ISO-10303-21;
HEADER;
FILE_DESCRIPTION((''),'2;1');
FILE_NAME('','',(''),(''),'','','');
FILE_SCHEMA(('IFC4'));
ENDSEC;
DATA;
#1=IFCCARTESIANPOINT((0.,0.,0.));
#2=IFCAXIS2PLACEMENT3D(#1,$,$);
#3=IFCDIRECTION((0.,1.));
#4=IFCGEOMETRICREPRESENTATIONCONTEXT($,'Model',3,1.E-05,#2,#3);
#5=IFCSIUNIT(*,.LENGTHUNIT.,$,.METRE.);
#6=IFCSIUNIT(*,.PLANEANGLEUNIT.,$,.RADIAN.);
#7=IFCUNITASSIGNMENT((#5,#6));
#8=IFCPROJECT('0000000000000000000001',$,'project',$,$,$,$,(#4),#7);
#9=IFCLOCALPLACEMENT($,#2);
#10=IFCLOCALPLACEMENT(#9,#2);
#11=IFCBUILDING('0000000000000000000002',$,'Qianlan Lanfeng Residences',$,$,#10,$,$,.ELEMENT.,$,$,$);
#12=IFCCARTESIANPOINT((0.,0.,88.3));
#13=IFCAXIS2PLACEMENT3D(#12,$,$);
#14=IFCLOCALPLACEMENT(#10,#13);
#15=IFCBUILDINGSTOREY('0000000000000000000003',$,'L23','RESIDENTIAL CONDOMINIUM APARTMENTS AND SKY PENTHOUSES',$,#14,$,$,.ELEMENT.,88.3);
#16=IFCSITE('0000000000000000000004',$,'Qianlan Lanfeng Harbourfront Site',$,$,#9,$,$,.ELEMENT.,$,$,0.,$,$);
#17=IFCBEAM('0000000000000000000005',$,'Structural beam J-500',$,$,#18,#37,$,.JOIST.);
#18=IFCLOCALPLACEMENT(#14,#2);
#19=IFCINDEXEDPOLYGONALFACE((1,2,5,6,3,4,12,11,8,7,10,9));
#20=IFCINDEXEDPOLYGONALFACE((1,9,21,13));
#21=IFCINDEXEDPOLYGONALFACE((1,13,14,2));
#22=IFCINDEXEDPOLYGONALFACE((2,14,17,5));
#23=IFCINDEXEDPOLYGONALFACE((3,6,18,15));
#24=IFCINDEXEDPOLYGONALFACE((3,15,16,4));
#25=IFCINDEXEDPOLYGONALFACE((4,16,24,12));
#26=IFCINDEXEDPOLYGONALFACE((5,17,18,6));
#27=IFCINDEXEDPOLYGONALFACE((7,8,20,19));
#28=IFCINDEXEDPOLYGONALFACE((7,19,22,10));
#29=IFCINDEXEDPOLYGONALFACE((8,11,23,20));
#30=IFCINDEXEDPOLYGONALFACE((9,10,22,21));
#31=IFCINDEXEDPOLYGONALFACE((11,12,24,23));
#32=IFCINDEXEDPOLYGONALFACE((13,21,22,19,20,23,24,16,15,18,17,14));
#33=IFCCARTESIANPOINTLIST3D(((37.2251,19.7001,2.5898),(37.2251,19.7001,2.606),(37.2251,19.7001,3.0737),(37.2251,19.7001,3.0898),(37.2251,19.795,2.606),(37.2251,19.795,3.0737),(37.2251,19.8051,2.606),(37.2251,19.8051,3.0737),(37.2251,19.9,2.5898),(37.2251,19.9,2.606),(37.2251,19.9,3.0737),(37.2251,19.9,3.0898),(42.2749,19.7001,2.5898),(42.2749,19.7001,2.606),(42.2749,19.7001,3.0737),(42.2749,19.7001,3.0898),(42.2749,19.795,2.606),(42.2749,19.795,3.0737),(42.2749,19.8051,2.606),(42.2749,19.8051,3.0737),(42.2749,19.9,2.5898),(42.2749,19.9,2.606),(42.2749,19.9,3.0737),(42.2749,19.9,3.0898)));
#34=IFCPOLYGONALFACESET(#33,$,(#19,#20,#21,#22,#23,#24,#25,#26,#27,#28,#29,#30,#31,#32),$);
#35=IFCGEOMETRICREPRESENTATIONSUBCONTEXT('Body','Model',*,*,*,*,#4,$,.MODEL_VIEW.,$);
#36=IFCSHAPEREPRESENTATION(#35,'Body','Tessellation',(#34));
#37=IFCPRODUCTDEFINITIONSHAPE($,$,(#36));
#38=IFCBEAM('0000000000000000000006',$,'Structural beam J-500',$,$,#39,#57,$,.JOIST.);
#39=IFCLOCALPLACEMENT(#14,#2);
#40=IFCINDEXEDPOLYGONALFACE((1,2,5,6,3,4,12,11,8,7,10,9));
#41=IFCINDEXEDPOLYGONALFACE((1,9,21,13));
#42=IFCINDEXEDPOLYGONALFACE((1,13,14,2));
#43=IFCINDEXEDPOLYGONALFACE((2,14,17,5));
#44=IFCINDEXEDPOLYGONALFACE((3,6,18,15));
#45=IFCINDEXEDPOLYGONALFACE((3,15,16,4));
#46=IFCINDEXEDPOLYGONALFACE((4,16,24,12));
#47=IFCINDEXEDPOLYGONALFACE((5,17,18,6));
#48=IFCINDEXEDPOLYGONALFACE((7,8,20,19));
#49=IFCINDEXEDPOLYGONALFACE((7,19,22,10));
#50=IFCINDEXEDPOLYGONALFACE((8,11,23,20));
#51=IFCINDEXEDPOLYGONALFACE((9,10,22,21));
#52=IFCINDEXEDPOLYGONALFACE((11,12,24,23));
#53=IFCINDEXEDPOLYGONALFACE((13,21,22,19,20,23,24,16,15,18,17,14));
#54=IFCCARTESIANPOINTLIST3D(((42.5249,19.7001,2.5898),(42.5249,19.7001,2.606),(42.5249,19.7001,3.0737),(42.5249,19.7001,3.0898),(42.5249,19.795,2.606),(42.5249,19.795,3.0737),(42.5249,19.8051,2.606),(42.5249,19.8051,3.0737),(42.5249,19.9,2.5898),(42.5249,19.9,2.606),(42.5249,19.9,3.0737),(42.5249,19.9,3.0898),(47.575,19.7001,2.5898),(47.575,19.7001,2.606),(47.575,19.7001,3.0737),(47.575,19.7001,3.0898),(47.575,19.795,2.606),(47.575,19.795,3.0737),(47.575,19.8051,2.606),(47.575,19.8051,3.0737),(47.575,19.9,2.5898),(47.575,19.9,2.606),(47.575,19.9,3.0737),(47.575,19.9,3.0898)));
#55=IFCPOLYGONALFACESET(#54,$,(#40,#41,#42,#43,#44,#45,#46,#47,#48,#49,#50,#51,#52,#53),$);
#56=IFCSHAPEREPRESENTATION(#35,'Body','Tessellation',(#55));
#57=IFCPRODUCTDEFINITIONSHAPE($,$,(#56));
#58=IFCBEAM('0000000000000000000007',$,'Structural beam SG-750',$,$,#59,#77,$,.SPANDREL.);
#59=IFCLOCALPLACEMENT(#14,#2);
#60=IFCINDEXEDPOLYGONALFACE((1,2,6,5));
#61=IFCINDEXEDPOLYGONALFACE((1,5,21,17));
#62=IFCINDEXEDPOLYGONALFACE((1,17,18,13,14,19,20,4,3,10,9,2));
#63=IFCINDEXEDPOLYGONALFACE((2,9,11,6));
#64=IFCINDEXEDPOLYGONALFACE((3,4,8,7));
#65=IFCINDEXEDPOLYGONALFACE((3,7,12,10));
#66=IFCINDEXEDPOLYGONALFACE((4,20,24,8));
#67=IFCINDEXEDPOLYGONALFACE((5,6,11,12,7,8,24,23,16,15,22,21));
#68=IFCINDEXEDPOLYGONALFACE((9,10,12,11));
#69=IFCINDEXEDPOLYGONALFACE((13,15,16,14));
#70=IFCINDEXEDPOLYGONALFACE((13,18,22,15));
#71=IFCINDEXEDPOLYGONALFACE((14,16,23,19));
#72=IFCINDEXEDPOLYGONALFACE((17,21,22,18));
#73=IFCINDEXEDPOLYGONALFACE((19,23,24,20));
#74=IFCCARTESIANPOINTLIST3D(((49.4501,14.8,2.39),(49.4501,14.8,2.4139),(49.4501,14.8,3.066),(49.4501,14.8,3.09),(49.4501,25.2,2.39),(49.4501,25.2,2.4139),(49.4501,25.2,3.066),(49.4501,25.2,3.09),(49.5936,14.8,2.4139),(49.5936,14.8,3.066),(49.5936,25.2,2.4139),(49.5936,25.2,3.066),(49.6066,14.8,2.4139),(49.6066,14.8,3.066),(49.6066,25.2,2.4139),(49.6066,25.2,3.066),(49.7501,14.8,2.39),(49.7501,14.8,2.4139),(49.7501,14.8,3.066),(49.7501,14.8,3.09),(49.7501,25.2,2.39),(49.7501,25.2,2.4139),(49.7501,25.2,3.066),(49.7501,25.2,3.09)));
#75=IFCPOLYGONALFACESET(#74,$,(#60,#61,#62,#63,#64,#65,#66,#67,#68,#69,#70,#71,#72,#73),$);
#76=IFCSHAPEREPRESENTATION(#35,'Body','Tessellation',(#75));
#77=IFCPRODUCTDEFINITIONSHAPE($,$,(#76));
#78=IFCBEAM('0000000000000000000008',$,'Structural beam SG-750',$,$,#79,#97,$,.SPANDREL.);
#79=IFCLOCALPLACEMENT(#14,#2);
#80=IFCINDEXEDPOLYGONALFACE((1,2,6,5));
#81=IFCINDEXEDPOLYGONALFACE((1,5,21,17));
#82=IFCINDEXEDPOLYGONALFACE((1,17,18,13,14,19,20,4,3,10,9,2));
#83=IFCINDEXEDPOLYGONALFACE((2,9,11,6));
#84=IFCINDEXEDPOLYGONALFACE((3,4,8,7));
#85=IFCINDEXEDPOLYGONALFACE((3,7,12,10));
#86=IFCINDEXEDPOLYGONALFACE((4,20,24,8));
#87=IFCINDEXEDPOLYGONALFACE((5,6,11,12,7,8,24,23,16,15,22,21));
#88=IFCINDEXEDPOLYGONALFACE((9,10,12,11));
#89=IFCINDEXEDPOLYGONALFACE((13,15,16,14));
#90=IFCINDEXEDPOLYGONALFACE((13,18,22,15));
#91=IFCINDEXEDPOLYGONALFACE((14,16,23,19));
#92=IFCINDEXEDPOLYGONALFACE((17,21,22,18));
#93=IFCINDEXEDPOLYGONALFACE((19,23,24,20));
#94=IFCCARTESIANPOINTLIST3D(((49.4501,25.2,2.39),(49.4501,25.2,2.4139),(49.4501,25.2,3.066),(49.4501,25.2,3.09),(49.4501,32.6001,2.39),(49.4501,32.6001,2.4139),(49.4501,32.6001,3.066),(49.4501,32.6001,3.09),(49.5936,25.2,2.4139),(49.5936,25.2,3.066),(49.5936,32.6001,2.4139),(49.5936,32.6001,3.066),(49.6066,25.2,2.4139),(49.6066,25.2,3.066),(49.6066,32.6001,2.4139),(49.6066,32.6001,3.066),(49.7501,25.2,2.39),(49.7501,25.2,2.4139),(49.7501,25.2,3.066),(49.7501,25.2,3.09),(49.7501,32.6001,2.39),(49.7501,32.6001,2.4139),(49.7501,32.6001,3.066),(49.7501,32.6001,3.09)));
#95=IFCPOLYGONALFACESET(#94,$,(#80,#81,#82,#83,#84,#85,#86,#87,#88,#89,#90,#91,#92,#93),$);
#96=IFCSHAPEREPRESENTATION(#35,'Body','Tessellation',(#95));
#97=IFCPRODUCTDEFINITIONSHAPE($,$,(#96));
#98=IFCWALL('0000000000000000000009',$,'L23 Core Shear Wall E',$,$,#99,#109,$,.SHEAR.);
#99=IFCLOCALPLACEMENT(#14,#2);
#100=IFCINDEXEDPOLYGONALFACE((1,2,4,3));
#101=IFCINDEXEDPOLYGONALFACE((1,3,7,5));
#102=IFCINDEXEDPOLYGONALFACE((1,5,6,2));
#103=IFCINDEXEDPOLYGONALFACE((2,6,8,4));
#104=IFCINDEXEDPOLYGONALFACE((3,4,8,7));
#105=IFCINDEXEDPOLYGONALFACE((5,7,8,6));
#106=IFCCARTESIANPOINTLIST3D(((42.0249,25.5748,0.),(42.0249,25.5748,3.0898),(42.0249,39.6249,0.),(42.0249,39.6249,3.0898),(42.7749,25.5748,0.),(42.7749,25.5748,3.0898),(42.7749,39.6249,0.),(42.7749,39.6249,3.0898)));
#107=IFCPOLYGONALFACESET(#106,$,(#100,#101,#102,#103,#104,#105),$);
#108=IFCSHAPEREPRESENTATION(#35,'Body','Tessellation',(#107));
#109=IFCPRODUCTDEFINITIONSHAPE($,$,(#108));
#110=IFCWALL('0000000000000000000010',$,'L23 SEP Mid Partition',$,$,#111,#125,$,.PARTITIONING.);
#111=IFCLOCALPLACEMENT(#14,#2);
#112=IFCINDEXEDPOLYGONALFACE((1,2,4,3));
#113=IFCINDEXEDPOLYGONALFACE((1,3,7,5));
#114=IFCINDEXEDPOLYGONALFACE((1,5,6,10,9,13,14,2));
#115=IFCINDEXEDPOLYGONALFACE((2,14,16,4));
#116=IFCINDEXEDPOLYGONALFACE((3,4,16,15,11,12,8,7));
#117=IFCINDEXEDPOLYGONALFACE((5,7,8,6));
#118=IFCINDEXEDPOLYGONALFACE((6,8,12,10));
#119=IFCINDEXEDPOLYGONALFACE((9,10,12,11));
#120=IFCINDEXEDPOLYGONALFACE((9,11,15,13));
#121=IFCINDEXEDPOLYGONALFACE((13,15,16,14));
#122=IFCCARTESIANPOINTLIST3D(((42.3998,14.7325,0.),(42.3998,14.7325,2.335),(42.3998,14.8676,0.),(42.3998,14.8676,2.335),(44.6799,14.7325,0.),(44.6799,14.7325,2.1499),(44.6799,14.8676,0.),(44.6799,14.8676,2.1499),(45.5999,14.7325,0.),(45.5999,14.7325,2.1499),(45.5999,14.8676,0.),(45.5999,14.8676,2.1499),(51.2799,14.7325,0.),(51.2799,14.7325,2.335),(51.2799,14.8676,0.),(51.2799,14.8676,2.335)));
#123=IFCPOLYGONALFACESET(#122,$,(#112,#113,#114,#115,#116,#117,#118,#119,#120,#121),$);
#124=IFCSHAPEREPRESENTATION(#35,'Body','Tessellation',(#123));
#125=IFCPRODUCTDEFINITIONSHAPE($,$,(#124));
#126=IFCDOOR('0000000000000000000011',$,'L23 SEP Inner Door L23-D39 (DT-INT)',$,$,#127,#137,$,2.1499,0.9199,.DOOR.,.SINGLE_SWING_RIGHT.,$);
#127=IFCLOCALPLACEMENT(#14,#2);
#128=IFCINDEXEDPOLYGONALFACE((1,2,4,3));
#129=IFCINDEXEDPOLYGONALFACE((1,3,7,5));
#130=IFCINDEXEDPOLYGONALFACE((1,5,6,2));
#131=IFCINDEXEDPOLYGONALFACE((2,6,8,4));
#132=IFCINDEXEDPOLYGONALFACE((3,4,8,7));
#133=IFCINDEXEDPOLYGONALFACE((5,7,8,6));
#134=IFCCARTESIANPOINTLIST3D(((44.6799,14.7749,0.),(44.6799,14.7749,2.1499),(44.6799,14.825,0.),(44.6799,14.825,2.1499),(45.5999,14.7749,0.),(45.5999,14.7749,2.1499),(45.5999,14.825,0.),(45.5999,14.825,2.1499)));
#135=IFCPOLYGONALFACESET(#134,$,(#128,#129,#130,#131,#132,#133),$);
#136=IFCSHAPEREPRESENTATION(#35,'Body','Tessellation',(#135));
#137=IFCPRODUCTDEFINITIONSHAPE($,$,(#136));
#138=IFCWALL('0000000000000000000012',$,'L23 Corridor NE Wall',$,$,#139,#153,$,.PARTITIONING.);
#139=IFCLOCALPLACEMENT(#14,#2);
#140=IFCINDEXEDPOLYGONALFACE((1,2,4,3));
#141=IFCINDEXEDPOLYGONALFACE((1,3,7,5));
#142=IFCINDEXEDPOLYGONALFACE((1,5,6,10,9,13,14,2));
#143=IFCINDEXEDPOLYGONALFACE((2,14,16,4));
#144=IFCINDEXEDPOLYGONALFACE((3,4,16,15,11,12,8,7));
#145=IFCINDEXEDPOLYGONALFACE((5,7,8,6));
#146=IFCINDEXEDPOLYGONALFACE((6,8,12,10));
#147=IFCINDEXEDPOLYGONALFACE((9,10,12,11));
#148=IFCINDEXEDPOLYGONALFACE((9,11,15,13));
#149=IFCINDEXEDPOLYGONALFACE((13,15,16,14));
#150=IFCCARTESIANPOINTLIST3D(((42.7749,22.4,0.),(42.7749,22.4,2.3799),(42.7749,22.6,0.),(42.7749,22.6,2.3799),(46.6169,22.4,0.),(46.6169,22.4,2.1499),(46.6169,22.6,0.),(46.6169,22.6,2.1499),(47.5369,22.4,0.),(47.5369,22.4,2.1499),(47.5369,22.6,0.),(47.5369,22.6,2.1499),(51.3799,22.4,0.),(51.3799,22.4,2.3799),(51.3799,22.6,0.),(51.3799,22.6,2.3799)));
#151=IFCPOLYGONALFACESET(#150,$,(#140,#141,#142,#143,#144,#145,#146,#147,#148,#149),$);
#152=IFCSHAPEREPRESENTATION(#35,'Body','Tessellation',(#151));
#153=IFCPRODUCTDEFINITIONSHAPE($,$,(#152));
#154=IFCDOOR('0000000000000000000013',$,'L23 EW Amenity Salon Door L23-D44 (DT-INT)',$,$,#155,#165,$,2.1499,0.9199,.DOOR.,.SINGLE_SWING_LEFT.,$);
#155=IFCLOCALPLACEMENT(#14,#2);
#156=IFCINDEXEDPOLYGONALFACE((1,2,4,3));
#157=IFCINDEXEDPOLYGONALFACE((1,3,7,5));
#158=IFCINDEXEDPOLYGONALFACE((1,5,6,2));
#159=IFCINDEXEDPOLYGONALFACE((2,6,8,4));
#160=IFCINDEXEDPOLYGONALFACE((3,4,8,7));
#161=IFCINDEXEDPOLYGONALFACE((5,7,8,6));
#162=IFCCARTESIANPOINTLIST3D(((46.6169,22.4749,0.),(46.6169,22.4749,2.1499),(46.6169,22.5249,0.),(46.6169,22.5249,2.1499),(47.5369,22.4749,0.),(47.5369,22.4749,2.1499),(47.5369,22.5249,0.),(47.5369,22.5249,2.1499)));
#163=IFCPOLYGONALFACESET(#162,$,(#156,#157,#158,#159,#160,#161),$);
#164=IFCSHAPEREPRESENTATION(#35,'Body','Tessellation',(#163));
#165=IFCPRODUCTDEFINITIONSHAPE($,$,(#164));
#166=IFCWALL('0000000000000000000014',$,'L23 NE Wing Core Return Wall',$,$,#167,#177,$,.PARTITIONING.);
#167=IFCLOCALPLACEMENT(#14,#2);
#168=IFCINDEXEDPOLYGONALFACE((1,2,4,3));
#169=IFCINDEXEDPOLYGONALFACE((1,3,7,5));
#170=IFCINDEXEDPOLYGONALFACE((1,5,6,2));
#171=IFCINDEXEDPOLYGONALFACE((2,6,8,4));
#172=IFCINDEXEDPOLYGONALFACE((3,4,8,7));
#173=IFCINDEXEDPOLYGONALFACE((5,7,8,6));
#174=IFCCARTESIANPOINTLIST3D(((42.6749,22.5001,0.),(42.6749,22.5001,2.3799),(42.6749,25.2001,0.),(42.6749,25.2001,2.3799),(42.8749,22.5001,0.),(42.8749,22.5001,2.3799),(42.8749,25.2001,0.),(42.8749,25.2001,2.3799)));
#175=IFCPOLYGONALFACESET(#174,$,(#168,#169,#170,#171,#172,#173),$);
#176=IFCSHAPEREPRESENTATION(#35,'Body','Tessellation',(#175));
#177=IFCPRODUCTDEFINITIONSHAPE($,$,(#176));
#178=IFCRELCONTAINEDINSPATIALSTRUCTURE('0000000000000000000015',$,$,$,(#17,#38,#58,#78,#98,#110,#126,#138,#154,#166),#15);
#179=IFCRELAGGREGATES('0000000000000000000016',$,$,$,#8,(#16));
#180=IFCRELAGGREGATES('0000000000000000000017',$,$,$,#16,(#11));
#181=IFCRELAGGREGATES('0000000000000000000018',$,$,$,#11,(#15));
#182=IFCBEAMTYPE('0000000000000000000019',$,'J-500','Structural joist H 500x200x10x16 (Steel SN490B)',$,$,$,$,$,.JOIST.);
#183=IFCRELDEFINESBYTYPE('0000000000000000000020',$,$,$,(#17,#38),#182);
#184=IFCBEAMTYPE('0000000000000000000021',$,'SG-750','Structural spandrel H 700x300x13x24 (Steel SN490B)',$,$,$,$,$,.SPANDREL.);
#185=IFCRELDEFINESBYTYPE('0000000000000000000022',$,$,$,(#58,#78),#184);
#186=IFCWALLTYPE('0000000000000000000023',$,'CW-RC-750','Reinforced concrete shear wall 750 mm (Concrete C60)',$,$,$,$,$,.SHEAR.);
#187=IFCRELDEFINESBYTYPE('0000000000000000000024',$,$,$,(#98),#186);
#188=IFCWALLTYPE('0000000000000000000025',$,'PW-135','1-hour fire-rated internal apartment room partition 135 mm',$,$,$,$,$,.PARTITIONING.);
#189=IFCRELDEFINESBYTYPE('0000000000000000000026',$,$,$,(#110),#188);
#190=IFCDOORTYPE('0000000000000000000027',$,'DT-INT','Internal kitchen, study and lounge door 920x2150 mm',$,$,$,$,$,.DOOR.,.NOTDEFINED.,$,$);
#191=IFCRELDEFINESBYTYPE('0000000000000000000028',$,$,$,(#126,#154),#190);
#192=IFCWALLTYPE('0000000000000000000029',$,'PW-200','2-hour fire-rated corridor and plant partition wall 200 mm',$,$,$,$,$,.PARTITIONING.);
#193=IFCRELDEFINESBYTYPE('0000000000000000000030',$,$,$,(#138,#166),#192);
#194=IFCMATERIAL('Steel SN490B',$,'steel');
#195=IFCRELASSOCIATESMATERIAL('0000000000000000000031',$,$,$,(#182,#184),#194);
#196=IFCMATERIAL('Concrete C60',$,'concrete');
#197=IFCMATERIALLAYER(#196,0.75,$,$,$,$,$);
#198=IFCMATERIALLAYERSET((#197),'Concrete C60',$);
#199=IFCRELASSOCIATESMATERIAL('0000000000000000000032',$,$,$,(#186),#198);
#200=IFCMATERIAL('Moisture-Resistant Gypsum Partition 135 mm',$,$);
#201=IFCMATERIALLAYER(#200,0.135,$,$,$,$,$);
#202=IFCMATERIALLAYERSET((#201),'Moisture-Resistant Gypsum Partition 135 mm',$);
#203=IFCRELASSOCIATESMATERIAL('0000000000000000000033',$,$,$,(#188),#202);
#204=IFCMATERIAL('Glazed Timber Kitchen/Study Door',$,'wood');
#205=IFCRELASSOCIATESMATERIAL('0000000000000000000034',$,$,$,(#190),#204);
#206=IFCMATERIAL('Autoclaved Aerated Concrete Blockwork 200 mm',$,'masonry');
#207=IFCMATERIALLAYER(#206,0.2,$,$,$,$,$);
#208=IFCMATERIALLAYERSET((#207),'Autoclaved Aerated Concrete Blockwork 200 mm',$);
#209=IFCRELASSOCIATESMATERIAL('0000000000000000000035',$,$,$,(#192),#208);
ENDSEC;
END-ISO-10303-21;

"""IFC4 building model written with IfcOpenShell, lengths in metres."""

from ifc_helpers import new_model, si_unit, direction, frame, frame_2d, origin, origin_2d, place, context, subcontext, project, spatial, rectangle, i_section, extrude, material, layer, layer_set, material_profile, profile_set, type_object, element, fill, save


model = new_model("IFC4")

# Units and contexts
model_context = context("Model", 3, precision=1e-05, world=origin(), true_north=direction((0.0, 1.0)))
body_context = subcontext(model_context, "Body", "Model", "MODEL_VIEW")
ifc_project = project(units=[si_unit("LENGTHUNIT", "METRE"), si_unit("PLANEANGLEUNIT", "RADIAN")], contexts=[model_context])

# Site, building, storey
site_placement = place(None, origin())
site = spatial("IfcSite", under=ifc_project, at=site_placement, Name="Qianlan Lanfeng Harbourfront Site", CompositionType="ELEMENT", RefElevation=0.0)
building_placement = place(site_placement, origin())
building = spatial("IfcBuilding", under=site, at=building_placement, Name="Qianlan Lanfeng Residences", CompositionType="ELEMENT")
storey_placement = place(building_placement, frame((0.0, 0.0, 88.3)))
storey = spatial("IfcBuildingStorey", under=building, at=storey_placement, Name="L23", Description="RESIDENTIAL CONDOMINIUM APARTMENTS AND SKY PENTHOUSES", CompositionType="ELEMENT", Elevation=88.3)

# Shared definitions
ifc_material_1 = material(Name="Steel SN490B", Category="steel")

# Beams
ifc_material_profile_1 = material_profile(ifc_material_1, i_section(OverallWidth=0.2, OverallDepth=0.5, WebThickness=0.01, FlangeThickness=0.0161, at=origin_2d()), Name="H 500x200x10x16")
ifc_profile_set_1 = profile_set([ifc_material_profile_1], Name="Steel SN490B")
beam_type_1 = type_object("IfcBeamType", Name="J-500", Description="Structural joist H 500x200x10x16 (Steel SN490B)", PredefinedType="JOIST", material=ifc_profile_set_1)
beam_1_placement = place(storey_placement, frame((37.2251, 19.8, 2.8398), z_axis=(1.0, 0.0, 0.0), x_axis=(0.0, 1.0, 0.0)))
element("IfcBeam", 1, at=beam_1_placement, inside=storey, type_object=beam_type_1, Name="Structural beam J-500", PredefinedType="JOIST", context=body_context, shape_type="SweptSolid", body=[
    extrude(i_section(OverallWidth=0.2, OverallDepth=0.5, WebThickness=0.01, FlangeThickness=0.0161, at=origin_2d()), origin(), (0.0, 0.0, 1.0), 5.0498),
])
beam_2_placement = place(storey_placement, frame((42.5249, 19.8, 2.8398), z_axis=(1.0, 0.0, 0.0), x_axis=(0.0, 1.0, 0.0)))
element("IfcBeam", 2, at=beam_2_placement, inside=storey, type_object=beam_type_1, Name="Structural beam J-500", PredefinedType="JOIST", context=body_context, shape_type="SweptSolid", body=[
    extrude(i_section(OverallWidth=0.2, OverallDepth=0.5, WebThickness=0.01, FlangeThickness=0.0161, at=origin_2d()), origin(), (0.0, 0.0, 1.0), 5.05),
])
ifc_material_profile_2 = material_profile(ifc_material_1, i_section(OverallWidth=0.3, OverallDepth=0.7, WebThickness=0.0129, FlangeThickness=0.0239, at=origin_2d()), Name="H 700x300x13x24")
ifc_profile_set_2 = profile_set([ifc_material_profile_2], Name="Steel SN490B")
beam_type_2 = type_object("IfcBeamType", Name="SG-750", Description="Structural spandrel H 700x300x13x24 (Steel SN490B)", PredefinedType="SPANDREL", material=ifc_profile_set_2)
beam_3_placement = place(storey_placement, frame((49.6001, 14.8, 2.74), z_axis=(0.0, 1.0, 0.0), x_axis=(-1.0, 0.0, 0.0)))
element("IfcBeam", 3, at=beam_3_placement, inside=storey, type_object=beam_type_2, Name="Structural beam SG-750", PredefinedType="SPANDREL", context=body_context, shape_type="SweptSolid", body=[
    extrude(i_section(OverallWidth=0.3, OverallDepth=0.7, WebThickness=0.0129, FlangeThickness=0.0239, at=origin_2d()), origin(), (0.0, 0.0, 1.0), 10.3999),
])
beam_4_placement = place(storey_placement, frame((49.6001, 25.2, 2.74), z_axis=(0.0, 1.0, 0.0), x_axis=(-1.0, 0.0, 0.0)))
element("IfcBeam", 4, at=beam_4_placement, inside=storey, type_object=beam_type_2, Name="Structural beam SG-750", PredefinedType="SPANDREL", context=body_context, shape_type="SweptSolid", body=[
    extrude(i_section(OverallWidth=0.3, OverallDepth=0.7, WebThickness=0.0129, FlangeThickness=0.0239, at=origin_2d()), origin(), (0.0, 0.0, 1.0), 7.4001),
])

# Wall
ifc_material_2 = material(Name="Concrete C60", Category="concrete")
ifc_layer_1 = layer(ifc_material_2, 0.75)
ifc_layer_set_1 = layer_set([ifc_layer_1], Name="Concrete C60")
wall_type_1 = type_object("IfcWallType", Name="CW-RC-750", Description="Reinforced concrete shear wall 750 mm (Concrete C60)", PredefinedType="SHEAR", material=ifc_layer_set_1)
wall_1_placement = place(storey_placement, frame((42.3999, 25.575, 0.0), z_axis=(0.0, 0.0, 1.0), x_axis=(0.0, 1.0, 0.0)))
element("IfcWall", 5, at=wall_1_placement, inside=storey, type_object=wall_type_1, Name="L23 Core Shear Wall E", PredefinedType="SHEAR", context=body_context, shape_type="SweptSolid", body=[
    extrude(rectangle(XDim=14.05, YDim=0.75, at=frame_2d((7.0249, 0.0))), origin(), (0.0, 0.0, 1.0), 3.0898),
])

# Walls, openings, doors
ifc_material_3 = material(Name="Moisture-Resistant Gypsum Partition 135 mm")
ifc_layer_2 = layer(ifc_material_3, 0.135)
ifc_layer_set_2 = layer_set([ifc_layer_2], Name="Moisture-Resistant Gypsum Partition 135 mm")
wall_type_2 = type_object("IfcWallType", Name="PW-135", Description="1-hour fire-rated internal apartment room partition 135 mm", PredefinedType="PARTITIONING", material=ifc_layer_set_2)
wall_2_placement = place(storey_placement, frame((42.3999, 14.8, 0.0), z_axis=(0.0, 0.0, 1.0), x_axis=(1.0, 0.0, 0.0)))
wall_2 = element("IfcWall", 6, at=wall_2_placement, inside=storey, type_object=wall_type_2, Name="L23 SEP Mid Partition", PredefinedType="PARTITIONING", context=body_context, shape_type="SweptSolid", body=[
    extrude(rectangle(XDim=8.8801, YDim=0.135, at=frame_2d((4.4399, 0.0))), origin(), (0.0, 0.0, 1.0), 2.335),
])
opening_1_placement = place(wall_2_placement, frame((2.28, 0.0, 0.0)))
opening_1 = element("IfcOpeningElement", 7, at=opening_1_placement, cuts=wall_2, PredefinedType="OPENING", context=body_context, shape_type="SweptSolid", body=[
    extrude(rectangle(XDim=0.9199, YDim=2.1499, at=frame_2d((0.46, 1.075))), frame((0.0, 0.0776, 0.0), z_axis=(0.0, -1.0, 0.0), x_axis=(1.0, 0.0, 0.0)), (0.0, 0.0, 1.0), 0.155),
])
ifc_material_4 = material(Name="Glazed Timber Kitchen/Study Door", Category="wood")
door_type = type_object("IfcDoorType", Name="DT-INT", Description="Internal kitchen, study and lounge door 920x2150 mm", OperationType="NOTDEFINED", PredefinedType="DOOR", material=ifc_material_4)
door_1_placement = place(opening_1_placement, origin())
door_1 = element("IfcDoor", 8, at=door_1_placement, inside=storey, type_object=door_type, Name="L23 SEP Inner Door L23-D39 (DT-INT)", OperationType="SINGLE_SWING_RIGHT", OverallHeight=2.1499, OverallWidth=0.9199, PredefinedType="DOOR", context=body_context, shape_type="SweptSolid", body=[
    extrude(rectangle(XDim=0.9199, YDim=2.1499, at=frame_2d((0.46, 1.075))), frame((0.0, 0.0249, 0.0), z_axis=(0.0, -1.0, 0.0), x_axis=(1.0, 0.0, 0.0)), (0.0, 0.0, 1.0), 0.05),
])
fill(opening_1, door_1)
ifc_material_5 = material(Name="Autoclaved Aerated Concrete Blockwork 200 mm", Category="masonry")
ifc_layer_3 = layer(ifc_material_5, 0.2)
ifc_layer_set_3 = layer_set([ifc_layer_3], Name="Autoclaved Aerated Concrete Blockwork 200 mm")
wall_type_3 = type_object("IfcWallType", Name="PW-200", Description="2-hour fire-rated corridor and plant partition wall 200 mm", PredefinedType="PARTITIONING", material=ifc_layer_set_3)
wall_3_placement = place(storey_placement, frame((42.7749, 22.5, 0.0), z_axis=(0.0, 0.0, 1.0), x_axis=(1.0, 0.0, 0.0)))
wall_3 = element("IfcWall", 9, at=wall_3_placement, inside=storey, type_object=wall_type_3, Name="L23 Corridor NE Wall", PredefinedType="PARTITIONING", context=body_context, shape_type="SweptSolid", body=[
    extrude(rectangle(XDim=8.605, YDim=0.2, at=frame_2d((4.3025, 0.0))), origin(), (0.0, 0.0, 1.0), 2.3799),
])
opening_2_placement = place(wall_3_placement, frame((3.842, 0.0, 0.0)))
opening_2 = element("IfcOpeningElement", 10, at=opening_2_placement, cuts=wall_3, PredefinedType="OPENING", context=body_context, shape_type="SweptSolid", body=[
    extrude(rectangle(XDim=0.9199, YDim=2.1499, at=frame_2d((0.46, 1.075))), frame((0.0, 0.1099, 0.0), z_axis=(0.0, -1.0, 0.0), x_axis=(1.0, 0.0, 0.0)), (0.0, 0.0, 1.0), 0.22),
])
door_2_placement = place(opening_2_placement, origin())
door_2 = element("IfcDoor", 11, at=door_2_placement, inside=storey, type_object=door_type, Name="L23 EW Amenity Salon Door L23-D44 (DT-INT)", OperationType="SINGLE_SWING_LEFT", OverallHeight=2.1499, OverallWidth=0.9199, PredefinedType="DOOR", context=body_context, shape_type="SweptSolid", body=[
    extrude(rectangle(XDim=0.9199, YDim=2.1499, at=frame_2d((0.46, 1.075))), frame((0.0, 0.0249, 0.0), z_axis=(0.0, -1.0, 0.0), x_axis=(1.0, 0.0, 0.0)), (0.0, 0.0, 1.0), 0.05),
])
fill(opening_2, door_2)

# Wall
wall_4_placement = place(storey_placement, frame((42.7749, 22.5, 0.0), z_axis=(0.0, 0.0, 1.0), x_axis=(0.0, 1.0, 0.0)))
element("IfcWall", 12, at=wall_4_placement, inside=storey, type_object=wall_type_3, Name="L23 NE Wing Core Return Wall", PredefinedType="PARTITIONING", context=body_context, shape_type="SweptSolid", body=[
    extrude(rectangle(XDim=2.7, YDim=0.2, at=frame_2d((1.3501, 0.0))), origin(), (0.0, 0.0, 1.0), 2.3799),
])

save(model, "model.ifc")
